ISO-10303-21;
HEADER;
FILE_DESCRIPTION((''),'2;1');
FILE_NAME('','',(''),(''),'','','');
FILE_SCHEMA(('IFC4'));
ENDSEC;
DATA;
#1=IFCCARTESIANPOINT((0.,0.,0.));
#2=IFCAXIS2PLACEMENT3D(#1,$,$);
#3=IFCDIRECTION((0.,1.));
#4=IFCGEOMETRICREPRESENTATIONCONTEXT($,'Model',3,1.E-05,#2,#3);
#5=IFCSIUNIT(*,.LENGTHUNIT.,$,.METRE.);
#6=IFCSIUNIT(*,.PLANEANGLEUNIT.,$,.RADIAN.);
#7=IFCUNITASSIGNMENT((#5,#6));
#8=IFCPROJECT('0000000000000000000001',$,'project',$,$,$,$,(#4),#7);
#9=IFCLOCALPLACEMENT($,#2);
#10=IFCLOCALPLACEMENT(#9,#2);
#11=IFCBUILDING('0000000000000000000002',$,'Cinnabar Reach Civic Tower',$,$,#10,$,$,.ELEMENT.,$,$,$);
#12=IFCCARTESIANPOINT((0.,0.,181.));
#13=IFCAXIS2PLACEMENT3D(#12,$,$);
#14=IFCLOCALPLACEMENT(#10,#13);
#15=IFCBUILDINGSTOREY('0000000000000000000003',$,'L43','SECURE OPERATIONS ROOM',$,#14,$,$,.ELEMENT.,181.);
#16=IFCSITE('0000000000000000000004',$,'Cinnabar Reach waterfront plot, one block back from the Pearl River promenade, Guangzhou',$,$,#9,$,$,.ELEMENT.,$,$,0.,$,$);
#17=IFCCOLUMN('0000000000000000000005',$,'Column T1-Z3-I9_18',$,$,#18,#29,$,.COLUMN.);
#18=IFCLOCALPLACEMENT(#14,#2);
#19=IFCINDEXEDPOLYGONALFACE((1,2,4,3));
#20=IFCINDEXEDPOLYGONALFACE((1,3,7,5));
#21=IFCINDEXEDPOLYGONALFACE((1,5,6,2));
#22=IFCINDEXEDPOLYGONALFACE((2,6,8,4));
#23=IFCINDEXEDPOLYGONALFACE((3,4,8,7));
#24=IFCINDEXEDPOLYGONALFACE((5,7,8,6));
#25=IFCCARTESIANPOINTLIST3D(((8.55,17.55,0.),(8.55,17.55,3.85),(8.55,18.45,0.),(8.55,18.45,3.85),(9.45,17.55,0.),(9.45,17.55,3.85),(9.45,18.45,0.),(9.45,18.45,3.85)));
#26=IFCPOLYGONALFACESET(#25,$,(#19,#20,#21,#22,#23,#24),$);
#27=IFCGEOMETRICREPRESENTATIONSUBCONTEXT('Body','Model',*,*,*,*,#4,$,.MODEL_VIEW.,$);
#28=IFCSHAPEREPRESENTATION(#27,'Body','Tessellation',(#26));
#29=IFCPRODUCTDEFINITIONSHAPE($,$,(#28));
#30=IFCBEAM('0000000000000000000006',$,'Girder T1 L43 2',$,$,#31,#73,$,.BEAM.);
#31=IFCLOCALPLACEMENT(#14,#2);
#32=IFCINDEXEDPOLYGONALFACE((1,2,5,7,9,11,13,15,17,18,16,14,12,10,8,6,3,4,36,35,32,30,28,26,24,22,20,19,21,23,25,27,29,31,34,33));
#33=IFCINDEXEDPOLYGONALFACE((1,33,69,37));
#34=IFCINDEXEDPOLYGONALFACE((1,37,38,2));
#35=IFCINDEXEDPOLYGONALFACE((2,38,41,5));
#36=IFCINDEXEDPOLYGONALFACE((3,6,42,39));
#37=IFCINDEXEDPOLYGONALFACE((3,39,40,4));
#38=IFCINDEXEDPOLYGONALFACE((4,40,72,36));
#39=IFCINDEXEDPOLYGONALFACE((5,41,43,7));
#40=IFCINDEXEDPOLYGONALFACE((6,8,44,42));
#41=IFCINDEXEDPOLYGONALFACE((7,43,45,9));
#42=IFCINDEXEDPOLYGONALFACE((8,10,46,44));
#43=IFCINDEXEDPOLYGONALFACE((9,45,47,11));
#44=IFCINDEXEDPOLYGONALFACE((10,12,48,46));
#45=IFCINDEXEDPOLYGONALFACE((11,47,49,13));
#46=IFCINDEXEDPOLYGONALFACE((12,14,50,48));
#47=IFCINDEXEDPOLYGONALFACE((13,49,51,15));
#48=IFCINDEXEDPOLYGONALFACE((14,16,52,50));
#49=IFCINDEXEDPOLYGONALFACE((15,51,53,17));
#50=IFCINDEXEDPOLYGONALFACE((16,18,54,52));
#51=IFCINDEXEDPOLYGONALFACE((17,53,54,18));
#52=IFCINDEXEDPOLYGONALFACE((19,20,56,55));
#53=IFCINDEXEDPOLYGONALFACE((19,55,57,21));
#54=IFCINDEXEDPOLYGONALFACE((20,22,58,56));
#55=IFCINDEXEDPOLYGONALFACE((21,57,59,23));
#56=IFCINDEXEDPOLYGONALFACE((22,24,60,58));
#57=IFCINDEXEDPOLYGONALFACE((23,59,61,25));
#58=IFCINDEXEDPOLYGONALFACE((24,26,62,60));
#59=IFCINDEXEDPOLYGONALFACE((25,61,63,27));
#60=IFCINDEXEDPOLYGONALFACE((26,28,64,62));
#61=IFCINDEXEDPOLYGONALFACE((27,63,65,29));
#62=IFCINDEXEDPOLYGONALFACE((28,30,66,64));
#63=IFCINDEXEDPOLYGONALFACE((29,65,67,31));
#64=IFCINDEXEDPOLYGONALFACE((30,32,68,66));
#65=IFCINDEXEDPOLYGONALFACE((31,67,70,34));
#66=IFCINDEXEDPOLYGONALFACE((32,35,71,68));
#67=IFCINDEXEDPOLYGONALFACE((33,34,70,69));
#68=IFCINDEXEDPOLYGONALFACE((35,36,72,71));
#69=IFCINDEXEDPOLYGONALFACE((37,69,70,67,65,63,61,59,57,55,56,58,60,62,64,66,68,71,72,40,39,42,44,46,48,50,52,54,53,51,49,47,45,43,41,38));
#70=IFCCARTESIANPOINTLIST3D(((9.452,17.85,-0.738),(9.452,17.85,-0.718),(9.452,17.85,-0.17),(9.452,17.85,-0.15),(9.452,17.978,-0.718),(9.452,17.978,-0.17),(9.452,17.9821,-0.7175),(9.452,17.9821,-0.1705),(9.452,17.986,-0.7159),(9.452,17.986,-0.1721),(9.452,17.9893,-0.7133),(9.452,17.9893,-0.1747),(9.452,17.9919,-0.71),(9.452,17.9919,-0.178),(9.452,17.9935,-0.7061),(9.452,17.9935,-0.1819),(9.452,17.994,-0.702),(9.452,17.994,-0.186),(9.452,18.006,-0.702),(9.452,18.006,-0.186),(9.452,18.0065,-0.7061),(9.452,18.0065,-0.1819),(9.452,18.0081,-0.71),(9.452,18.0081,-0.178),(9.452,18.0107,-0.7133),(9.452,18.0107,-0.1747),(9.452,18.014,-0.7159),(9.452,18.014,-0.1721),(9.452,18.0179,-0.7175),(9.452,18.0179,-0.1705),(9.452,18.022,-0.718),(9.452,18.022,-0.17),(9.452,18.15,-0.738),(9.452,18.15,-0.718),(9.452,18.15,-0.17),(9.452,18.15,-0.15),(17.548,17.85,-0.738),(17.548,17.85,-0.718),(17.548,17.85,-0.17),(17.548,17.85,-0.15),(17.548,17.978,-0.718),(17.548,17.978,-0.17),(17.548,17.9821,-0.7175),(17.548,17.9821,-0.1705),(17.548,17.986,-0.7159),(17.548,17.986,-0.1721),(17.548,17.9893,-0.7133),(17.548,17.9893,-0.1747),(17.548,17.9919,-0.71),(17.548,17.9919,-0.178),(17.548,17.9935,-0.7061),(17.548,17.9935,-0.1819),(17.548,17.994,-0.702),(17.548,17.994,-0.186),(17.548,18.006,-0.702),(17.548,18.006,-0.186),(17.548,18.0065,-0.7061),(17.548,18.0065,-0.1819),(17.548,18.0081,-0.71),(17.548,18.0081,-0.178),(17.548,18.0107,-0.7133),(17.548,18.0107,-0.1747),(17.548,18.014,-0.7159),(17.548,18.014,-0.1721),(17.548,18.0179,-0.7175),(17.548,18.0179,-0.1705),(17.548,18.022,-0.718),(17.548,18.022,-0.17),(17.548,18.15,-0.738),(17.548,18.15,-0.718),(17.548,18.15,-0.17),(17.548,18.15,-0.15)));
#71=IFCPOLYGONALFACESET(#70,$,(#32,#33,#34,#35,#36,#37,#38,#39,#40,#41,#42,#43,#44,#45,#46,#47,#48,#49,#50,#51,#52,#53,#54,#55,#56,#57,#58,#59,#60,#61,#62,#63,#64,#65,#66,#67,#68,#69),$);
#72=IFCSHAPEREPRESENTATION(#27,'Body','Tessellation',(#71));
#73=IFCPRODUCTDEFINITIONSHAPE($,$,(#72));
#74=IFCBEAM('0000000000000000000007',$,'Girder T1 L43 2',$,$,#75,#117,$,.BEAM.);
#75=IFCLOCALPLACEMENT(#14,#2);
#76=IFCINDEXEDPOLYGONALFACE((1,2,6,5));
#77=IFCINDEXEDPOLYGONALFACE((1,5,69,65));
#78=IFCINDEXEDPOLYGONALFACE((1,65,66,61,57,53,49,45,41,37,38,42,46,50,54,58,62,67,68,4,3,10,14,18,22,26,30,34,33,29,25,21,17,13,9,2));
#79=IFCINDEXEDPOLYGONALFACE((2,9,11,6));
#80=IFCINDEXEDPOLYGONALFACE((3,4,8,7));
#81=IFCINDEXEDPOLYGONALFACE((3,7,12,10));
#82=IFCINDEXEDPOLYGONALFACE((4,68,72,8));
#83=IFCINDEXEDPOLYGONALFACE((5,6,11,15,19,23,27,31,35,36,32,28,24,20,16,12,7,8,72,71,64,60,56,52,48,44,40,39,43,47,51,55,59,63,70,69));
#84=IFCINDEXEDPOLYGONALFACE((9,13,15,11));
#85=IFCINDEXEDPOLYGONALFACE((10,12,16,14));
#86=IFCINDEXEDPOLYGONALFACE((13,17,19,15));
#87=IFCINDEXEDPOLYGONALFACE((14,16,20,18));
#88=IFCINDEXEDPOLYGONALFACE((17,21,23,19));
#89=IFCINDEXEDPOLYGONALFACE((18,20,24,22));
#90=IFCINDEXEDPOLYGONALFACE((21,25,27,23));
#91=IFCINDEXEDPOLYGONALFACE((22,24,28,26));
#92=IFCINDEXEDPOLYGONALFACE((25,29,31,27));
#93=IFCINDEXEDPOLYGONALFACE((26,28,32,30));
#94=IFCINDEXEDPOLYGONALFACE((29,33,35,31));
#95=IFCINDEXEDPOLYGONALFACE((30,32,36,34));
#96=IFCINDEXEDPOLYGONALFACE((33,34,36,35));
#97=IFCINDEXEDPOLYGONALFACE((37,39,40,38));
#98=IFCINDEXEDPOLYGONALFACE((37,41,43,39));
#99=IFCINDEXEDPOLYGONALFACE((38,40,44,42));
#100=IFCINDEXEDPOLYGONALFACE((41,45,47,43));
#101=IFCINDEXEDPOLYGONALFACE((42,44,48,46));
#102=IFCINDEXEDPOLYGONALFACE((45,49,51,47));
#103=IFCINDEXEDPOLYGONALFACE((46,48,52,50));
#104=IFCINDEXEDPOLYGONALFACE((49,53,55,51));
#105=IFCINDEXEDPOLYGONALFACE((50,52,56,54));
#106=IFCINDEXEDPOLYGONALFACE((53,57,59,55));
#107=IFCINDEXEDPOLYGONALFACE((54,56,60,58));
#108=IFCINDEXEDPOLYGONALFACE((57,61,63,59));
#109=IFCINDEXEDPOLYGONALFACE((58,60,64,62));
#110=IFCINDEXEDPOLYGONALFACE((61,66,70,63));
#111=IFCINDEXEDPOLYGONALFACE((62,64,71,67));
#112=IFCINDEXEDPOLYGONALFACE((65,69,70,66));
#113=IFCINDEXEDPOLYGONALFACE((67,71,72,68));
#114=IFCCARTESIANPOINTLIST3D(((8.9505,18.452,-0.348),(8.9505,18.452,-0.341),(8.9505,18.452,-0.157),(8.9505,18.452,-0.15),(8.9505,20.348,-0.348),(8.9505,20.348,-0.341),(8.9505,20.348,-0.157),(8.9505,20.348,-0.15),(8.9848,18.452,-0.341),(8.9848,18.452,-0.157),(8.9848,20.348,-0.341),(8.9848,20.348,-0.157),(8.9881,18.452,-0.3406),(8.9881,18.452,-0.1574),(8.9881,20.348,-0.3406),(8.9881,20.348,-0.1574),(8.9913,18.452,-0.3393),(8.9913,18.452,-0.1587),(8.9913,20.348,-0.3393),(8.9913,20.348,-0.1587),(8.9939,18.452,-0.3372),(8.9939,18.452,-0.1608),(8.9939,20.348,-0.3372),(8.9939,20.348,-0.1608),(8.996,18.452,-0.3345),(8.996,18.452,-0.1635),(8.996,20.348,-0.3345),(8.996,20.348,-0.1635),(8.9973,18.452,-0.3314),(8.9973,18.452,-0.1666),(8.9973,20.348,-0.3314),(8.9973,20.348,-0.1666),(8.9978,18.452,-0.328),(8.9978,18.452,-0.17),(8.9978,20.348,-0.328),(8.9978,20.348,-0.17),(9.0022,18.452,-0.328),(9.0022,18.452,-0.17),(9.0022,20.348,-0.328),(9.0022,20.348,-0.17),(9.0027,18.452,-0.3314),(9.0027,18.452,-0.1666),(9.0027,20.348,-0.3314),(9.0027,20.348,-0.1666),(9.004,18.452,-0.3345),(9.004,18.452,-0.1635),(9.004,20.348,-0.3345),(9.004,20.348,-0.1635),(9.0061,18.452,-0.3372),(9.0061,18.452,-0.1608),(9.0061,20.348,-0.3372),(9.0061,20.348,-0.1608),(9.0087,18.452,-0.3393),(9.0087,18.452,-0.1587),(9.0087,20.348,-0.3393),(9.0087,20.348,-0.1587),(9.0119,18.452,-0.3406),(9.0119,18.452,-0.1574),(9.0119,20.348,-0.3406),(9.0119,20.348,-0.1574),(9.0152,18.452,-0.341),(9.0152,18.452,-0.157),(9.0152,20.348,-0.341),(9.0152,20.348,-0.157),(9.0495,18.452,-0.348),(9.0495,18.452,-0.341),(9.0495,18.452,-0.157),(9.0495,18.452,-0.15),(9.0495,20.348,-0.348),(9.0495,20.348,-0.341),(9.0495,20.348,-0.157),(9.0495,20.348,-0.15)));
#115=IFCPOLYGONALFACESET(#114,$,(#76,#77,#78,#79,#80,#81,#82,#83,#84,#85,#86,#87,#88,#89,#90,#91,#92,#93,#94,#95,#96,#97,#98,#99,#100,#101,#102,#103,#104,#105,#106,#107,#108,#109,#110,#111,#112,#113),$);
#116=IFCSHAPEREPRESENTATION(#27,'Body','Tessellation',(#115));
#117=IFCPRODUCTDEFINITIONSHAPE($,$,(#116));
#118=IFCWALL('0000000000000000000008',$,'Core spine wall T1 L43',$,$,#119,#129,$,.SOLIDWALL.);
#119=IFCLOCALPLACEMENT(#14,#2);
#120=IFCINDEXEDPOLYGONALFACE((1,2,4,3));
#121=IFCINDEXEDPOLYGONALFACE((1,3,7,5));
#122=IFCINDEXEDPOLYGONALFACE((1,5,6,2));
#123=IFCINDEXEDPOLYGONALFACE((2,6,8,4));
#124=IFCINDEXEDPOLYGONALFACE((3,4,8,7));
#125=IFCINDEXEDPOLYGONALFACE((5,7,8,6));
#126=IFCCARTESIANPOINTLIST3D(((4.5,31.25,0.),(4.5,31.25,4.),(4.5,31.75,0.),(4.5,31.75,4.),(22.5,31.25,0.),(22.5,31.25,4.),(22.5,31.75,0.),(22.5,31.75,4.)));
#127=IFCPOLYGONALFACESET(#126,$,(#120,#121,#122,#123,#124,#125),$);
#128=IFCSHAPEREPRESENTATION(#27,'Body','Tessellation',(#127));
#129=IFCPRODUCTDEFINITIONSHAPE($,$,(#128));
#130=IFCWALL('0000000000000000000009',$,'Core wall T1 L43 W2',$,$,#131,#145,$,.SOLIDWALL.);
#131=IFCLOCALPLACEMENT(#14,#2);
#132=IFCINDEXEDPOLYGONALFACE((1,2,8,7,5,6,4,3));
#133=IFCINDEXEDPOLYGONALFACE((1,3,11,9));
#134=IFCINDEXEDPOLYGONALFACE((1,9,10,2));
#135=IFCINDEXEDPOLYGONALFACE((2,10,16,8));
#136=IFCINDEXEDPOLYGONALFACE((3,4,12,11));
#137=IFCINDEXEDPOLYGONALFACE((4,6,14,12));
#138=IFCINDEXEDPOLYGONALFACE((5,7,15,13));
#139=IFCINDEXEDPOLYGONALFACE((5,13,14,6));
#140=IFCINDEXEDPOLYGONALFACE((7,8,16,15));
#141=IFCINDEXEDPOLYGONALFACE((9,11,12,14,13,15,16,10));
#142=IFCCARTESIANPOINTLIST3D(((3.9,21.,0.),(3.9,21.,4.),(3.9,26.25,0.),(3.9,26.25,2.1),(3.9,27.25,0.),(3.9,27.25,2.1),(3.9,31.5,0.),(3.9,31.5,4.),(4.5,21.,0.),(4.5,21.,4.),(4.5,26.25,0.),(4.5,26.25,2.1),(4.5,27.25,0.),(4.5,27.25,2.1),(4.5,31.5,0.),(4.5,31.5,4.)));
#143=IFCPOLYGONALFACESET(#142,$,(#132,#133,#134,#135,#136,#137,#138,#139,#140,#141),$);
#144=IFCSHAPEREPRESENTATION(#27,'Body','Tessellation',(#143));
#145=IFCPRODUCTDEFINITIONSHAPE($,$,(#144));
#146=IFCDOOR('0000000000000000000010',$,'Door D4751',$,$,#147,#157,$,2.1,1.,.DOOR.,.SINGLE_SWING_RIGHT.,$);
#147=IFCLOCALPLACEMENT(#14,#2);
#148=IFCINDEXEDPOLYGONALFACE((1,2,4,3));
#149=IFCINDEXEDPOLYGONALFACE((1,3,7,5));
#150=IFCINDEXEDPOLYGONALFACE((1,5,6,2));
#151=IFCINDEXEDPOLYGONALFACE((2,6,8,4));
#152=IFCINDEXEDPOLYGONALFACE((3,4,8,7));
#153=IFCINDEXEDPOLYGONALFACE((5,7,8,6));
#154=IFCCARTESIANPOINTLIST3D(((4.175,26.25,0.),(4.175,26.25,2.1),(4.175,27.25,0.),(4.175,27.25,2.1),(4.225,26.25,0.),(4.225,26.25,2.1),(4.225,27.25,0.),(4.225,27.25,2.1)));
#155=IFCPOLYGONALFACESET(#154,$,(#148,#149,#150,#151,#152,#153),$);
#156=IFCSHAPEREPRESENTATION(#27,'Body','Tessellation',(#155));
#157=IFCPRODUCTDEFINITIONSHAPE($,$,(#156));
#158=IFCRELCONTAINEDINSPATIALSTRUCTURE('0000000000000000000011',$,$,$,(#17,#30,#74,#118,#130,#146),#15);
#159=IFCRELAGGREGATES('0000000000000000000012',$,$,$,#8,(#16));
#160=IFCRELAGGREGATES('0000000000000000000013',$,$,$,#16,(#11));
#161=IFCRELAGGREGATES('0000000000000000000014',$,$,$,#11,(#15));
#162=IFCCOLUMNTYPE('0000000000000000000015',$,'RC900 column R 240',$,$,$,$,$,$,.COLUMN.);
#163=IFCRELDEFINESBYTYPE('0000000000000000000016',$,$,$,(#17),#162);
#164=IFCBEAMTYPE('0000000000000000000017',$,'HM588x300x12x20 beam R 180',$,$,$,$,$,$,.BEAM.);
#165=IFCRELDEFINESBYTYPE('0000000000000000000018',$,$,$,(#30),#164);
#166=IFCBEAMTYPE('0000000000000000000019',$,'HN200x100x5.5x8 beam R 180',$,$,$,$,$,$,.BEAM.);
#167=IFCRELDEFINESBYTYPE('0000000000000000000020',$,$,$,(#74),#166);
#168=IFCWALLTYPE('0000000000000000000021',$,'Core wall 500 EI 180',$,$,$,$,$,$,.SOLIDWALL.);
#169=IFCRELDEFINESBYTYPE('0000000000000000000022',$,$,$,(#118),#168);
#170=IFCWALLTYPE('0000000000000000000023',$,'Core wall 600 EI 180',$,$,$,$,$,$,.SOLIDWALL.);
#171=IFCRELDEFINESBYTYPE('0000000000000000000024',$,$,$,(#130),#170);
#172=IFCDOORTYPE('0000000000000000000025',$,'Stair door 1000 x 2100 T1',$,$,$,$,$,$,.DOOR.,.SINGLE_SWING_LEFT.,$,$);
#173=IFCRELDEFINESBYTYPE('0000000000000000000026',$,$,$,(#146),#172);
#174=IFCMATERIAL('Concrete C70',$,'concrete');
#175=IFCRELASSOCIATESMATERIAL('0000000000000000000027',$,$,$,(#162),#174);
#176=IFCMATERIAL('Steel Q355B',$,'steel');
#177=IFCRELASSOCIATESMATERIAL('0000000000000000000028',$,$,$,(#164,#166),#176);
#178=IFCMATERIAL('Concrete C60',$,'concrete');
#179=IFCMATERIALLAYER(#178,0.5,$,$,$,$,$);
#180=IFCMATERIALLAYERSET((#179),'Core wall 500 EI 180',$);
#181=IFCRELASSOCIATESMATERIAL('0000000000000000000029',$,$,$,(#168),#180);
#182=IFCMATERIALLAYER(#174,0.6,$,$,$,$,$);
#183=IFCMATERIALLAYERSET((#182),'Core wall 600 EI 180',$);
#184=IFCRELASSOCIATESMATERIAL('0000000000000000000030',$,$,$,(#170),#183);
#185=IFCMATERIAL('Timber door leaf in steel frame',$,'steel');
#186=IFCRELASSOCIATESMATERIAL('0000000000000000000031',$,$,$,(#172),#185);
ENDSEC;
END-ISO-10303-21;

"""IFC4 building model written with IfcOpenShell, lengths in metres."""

from ifc_helpers import new_model, si_unit, direction, frame, frame_2d, origin, origin_2d, place, context, subcontext, project, spatial, rectangle, i_section, extrude, material, layer, layer_set, material_profile, profile_set, type_object, element, fill, save


model = new_model("IFC4")

# Units and contexts
model_context = context("Model", 3, precision=1e-05, world=origin(), true_north=direction((0.0, 1.0)))
body_context = subcontext(model_context, "Body", "Model", "MODEL_VIEW")
ifc_project = project(units=[si_unit("LENGTHUNIT", "METRE"), si_unit("PLANEANGLEUNIT", "RADIAN")], contexts=[model_context])

# Site, building, storey
site_placement = place(None, origin())
site = spatial("IfcSite", under=ifc_project, at=site_placement, Name="Cinnabar Reach waterfront plot, one block back from the Pearl River promenade, Guangzhou", CompositionType="ELEMENT", RefElevation=0.0)
building_placement = place(site_placement, origin())
building = spatial("IfcBuilding", under=site, at=building_placement, Name="Cinnabar Reach Civic Tower", CompositionType="ELEMENT")
storey_placement = place(building_placement, frame((0.0, 0.0, 181.0)))
storey = spatial("IfcBuildingStorey", under=building, at=storey_placement, Name="L43", Description="SECURE OPERATIONS ROOM", CompositionType="ELEMENT", Elevation=181.0)

# Column
ifc_material_1 = material(Name="Concrete C70", Category="concrete")
ifc_material_profile_1 = material_profile(ifc_material_1, rectangle(XDim=0.9, YDim=0.9, at=origin_2d()), Name="RC900")
ifc_profile_set_1 = profile_set([ifc_material_profile_1], Name="Concrete C70")
column_type = type_object("IfcColumnType", Name="RC900 column R 240", PredefinedType="COLUMN", material=ifc_profile_set_1)
column_placement = place(storey_placement, frame((9.0, 18.0, 0.0), z_axis=(0.0, 0.0, 1.0), x_axis=(1.0, 0.0, 0.0)))
element("IfcColumn", 1, at=column_placement, inside=storey, type_object=column_type, Name="Column T1-Z3-I9_18", PredefinedType="COLUMN", context=body_context, shape_type="SweptSolid", body=[
    extrude(rectangle(XDim=0.9, YDim=0.9, at=origin_2d()), origin(), (0.0, 0.0, 1.0), 3.85),
])

# Beams
ifc_material_2 = material(Name="Steel Q355B", Category="steel")
ifc_material_profile_2 = material_profile(ifc_material_2, i_section(OverallWidth=0.3, OverallDepth=0.588, WebThickness=0.012, FlangeThickness=0.02, FilletRadius=0.016, at=origin_2d()), Name="HM588x300x12x20")
ifc_profile_set_2 = profile_set([ifc_material_profile_2], Name="Steel Q355B")
beam_type_1 = type_object("IfcBeamType", Name="HM588x300x12x20 beam R 180", PredefinedType="BEAM", material=ifc_profile_set_2)
beam_1_placement = place(storey_placement, frame((9.452, 18.0, -0.444), z_axis=(1.0, 0.0, 0.0), x_axis=(0.0, 1.0, 0.0)))
element("IfcBeam", 2, at=beam_1_placement, inside=storey, type_object=beam_type_1, Name="Girder T1 L43 2", PredefinedType="BEAM", context=body_context, shape_type="SweptSolid", body=[
    extrude(i_section(OverallWidth=0.3, OverallDepth=0.588, WebThickness=0.012, FlangeThickness=0.02, FilletRadius=0.016, at=origin_2d()), origin(), (0.0, 0.0, 1.0), 8.096),
])
ifc_material_profile_3 = material_profile(ifc_material_2, i_section(OverallWidth=0.099, OverallDepth=0.198, WebThickness=0.0045, FlangeThickness=0.007, FilletRadius=0.013, at=origin_2d()), Name="HN200x100x5.5x8")
ifc_profile_set_3 = profile_set([ifc_material_profile_3], Name="Steel Q355B")
beam_type_2 = type_object("IfcBeamType", Name="HN200x100x5.5x8 beam R 180", PredefinedType="BEAM", material=ifc_profile_set_3)
beam_2_placement = place(storey_placement, frame((9.0, 18.452, -0.249), z_axis=(0.0, 1.0, 0.0), x_axis=(-1.0, 0.0, 0.0)))
element("IfcBeam", 3, at=beam_2_placement, inside=storey, type_object=beam_type_2, Name="Girder T1 L43 2", PredefinedType="BEAM", context=body_context, shape_type="SweptSolid", body=[
    extrude(i_section(OverallWidth=0.099, OverallDepth=0.198, WebThickness=0.0045, FlangeThickness=0.007, FilletRadius=0.013, at=origin_2d()), origin(), (0.0, 0.0, 1.0), 1.896),
])

# Wall
ifc_material_3 = material(Name="Concrete C60", Category="concrete")
ifc_layer_1 = layer(ifc_material_3, 0.5)
ifc_layer_set_1 = layer_set([ifc_layer_1], Name="Core wall 500 EI 180")
wall_type_1 = type_object("IfcWallType", Name="Core wall 500 EI 180", PredefinedType="SOLIDWALL", material=ifc_layer_set_1)
wall_1_placement = place(storey_placement, frame((4.5, 31.5, 0.0), z_axis=(0.0, 0.0, 1.0), x_axis=(1.0, 0.0, 0.0)))
element("IfcWall", 4, at=wall_1_placement, inside=storey, type_object=wall_type_1, Name="Core spine wall T1 L43", PredefinedType="SOLIDWALL", context=body_context, shape_type="SweptSolid", body=[
    extrude(rectangle(XDim=18.0, YDim=0.5, at=frame_2d((9.0, 0.0))), origin(), (0.0, 0.0, 1.0), 4.0),
])

# Wall, opening, door
ifc_layer_2 = layer(ifc_material_1, 0.6)
ifc_layer_set_2 = layer_set([ifc_layer_2], Name="Core wall 600 EI 180")
wall_type_2 = type_object("IfcWallType", Name="Core wall 600 EI 180", PredefinedType="SOLIDWALL", material=ifc_layer_set_2)
wall_2_placement = place(storey_placement, frame((4.2, 31.5, 0.0), z_axis=(0.0, 0.0, 1.0), x_axis=(0.0, -1.0, 0.0)))
wall_2 = element("IfcWall", 5, at=wall_2_placement, inside=storey, type_object=wall_type_2, Name="Core wall T1 L43 W2", PredefinedType="SOLIDWALL", context=body_context, shape_type="SweptSolid", body=[
    extrude(rectangle(XDim=10.5, YDim=0.6, at=frame_2d((5.25, 0.0))), origin(), (0.0, 0.0, 1.0), 4.0),
])
opening_1_placement = place(wall_2_placement, frame((4.25, 0.0, 0.0)))
opening_1 = element("IfcOpeningElement", 6, at=opening_1_placement, cuts=wall_2, PredefinedType="OPENING", context=body_context, shape_type="SweptSolid", body=[
    extrude(rectangle(XDim=1.0, YDim=2.1, at=frame_2d((0.5, 1.05))), frame((0.0, 0.31, 0.0), z_axis=(0.0, -1.0, 0.0), x_axis=(1.0, 0.0, 0.0)), (0.0, 0.0, 1.0), 0.62),
])
ifc_material_4 = material(Name="Timber door leaf in steel frame", Category="steel")
door_type_1 = type_object("IfcDoorType", Name="Stair door 1000 x 2100 T1", OperationType="SINGLE_SWING_LEFT", PredefinedType="DOOR", material=ifc_material_4)
door_1_placement = place(opening_1_placement, frame((1.0, 0.0, 0.0), z_axis=(0.0, 0.0, 1.0), x_axis=(-1.0, 0.0, 0.0)))
door_1 = element("IfcDoor", 7, at=door_1_placement, inside=storey, type_object=door_type_1, Name="Door D4751", OperationType="SINGLE_SWING_RIGHT", OverallHeight=2.1, OverallWidth=1.0, PredefinedType="DOOR", context=body_context, shape_type="SweptSolid", body=[
    extrude(rectangle(XDim=1.0, YDim=2.1, at=frame_2d((0.5, 1.05))), frame((0.0, 0.025, 0.0), z_axis=(0.0, -1.0, 0.0), x_axis=(1.0, 0.0, 0.0)), (0.0, 0.0, 1.0), 0.05),
])
fill(opening_1, door_1)

save(model, "model.ifc")
